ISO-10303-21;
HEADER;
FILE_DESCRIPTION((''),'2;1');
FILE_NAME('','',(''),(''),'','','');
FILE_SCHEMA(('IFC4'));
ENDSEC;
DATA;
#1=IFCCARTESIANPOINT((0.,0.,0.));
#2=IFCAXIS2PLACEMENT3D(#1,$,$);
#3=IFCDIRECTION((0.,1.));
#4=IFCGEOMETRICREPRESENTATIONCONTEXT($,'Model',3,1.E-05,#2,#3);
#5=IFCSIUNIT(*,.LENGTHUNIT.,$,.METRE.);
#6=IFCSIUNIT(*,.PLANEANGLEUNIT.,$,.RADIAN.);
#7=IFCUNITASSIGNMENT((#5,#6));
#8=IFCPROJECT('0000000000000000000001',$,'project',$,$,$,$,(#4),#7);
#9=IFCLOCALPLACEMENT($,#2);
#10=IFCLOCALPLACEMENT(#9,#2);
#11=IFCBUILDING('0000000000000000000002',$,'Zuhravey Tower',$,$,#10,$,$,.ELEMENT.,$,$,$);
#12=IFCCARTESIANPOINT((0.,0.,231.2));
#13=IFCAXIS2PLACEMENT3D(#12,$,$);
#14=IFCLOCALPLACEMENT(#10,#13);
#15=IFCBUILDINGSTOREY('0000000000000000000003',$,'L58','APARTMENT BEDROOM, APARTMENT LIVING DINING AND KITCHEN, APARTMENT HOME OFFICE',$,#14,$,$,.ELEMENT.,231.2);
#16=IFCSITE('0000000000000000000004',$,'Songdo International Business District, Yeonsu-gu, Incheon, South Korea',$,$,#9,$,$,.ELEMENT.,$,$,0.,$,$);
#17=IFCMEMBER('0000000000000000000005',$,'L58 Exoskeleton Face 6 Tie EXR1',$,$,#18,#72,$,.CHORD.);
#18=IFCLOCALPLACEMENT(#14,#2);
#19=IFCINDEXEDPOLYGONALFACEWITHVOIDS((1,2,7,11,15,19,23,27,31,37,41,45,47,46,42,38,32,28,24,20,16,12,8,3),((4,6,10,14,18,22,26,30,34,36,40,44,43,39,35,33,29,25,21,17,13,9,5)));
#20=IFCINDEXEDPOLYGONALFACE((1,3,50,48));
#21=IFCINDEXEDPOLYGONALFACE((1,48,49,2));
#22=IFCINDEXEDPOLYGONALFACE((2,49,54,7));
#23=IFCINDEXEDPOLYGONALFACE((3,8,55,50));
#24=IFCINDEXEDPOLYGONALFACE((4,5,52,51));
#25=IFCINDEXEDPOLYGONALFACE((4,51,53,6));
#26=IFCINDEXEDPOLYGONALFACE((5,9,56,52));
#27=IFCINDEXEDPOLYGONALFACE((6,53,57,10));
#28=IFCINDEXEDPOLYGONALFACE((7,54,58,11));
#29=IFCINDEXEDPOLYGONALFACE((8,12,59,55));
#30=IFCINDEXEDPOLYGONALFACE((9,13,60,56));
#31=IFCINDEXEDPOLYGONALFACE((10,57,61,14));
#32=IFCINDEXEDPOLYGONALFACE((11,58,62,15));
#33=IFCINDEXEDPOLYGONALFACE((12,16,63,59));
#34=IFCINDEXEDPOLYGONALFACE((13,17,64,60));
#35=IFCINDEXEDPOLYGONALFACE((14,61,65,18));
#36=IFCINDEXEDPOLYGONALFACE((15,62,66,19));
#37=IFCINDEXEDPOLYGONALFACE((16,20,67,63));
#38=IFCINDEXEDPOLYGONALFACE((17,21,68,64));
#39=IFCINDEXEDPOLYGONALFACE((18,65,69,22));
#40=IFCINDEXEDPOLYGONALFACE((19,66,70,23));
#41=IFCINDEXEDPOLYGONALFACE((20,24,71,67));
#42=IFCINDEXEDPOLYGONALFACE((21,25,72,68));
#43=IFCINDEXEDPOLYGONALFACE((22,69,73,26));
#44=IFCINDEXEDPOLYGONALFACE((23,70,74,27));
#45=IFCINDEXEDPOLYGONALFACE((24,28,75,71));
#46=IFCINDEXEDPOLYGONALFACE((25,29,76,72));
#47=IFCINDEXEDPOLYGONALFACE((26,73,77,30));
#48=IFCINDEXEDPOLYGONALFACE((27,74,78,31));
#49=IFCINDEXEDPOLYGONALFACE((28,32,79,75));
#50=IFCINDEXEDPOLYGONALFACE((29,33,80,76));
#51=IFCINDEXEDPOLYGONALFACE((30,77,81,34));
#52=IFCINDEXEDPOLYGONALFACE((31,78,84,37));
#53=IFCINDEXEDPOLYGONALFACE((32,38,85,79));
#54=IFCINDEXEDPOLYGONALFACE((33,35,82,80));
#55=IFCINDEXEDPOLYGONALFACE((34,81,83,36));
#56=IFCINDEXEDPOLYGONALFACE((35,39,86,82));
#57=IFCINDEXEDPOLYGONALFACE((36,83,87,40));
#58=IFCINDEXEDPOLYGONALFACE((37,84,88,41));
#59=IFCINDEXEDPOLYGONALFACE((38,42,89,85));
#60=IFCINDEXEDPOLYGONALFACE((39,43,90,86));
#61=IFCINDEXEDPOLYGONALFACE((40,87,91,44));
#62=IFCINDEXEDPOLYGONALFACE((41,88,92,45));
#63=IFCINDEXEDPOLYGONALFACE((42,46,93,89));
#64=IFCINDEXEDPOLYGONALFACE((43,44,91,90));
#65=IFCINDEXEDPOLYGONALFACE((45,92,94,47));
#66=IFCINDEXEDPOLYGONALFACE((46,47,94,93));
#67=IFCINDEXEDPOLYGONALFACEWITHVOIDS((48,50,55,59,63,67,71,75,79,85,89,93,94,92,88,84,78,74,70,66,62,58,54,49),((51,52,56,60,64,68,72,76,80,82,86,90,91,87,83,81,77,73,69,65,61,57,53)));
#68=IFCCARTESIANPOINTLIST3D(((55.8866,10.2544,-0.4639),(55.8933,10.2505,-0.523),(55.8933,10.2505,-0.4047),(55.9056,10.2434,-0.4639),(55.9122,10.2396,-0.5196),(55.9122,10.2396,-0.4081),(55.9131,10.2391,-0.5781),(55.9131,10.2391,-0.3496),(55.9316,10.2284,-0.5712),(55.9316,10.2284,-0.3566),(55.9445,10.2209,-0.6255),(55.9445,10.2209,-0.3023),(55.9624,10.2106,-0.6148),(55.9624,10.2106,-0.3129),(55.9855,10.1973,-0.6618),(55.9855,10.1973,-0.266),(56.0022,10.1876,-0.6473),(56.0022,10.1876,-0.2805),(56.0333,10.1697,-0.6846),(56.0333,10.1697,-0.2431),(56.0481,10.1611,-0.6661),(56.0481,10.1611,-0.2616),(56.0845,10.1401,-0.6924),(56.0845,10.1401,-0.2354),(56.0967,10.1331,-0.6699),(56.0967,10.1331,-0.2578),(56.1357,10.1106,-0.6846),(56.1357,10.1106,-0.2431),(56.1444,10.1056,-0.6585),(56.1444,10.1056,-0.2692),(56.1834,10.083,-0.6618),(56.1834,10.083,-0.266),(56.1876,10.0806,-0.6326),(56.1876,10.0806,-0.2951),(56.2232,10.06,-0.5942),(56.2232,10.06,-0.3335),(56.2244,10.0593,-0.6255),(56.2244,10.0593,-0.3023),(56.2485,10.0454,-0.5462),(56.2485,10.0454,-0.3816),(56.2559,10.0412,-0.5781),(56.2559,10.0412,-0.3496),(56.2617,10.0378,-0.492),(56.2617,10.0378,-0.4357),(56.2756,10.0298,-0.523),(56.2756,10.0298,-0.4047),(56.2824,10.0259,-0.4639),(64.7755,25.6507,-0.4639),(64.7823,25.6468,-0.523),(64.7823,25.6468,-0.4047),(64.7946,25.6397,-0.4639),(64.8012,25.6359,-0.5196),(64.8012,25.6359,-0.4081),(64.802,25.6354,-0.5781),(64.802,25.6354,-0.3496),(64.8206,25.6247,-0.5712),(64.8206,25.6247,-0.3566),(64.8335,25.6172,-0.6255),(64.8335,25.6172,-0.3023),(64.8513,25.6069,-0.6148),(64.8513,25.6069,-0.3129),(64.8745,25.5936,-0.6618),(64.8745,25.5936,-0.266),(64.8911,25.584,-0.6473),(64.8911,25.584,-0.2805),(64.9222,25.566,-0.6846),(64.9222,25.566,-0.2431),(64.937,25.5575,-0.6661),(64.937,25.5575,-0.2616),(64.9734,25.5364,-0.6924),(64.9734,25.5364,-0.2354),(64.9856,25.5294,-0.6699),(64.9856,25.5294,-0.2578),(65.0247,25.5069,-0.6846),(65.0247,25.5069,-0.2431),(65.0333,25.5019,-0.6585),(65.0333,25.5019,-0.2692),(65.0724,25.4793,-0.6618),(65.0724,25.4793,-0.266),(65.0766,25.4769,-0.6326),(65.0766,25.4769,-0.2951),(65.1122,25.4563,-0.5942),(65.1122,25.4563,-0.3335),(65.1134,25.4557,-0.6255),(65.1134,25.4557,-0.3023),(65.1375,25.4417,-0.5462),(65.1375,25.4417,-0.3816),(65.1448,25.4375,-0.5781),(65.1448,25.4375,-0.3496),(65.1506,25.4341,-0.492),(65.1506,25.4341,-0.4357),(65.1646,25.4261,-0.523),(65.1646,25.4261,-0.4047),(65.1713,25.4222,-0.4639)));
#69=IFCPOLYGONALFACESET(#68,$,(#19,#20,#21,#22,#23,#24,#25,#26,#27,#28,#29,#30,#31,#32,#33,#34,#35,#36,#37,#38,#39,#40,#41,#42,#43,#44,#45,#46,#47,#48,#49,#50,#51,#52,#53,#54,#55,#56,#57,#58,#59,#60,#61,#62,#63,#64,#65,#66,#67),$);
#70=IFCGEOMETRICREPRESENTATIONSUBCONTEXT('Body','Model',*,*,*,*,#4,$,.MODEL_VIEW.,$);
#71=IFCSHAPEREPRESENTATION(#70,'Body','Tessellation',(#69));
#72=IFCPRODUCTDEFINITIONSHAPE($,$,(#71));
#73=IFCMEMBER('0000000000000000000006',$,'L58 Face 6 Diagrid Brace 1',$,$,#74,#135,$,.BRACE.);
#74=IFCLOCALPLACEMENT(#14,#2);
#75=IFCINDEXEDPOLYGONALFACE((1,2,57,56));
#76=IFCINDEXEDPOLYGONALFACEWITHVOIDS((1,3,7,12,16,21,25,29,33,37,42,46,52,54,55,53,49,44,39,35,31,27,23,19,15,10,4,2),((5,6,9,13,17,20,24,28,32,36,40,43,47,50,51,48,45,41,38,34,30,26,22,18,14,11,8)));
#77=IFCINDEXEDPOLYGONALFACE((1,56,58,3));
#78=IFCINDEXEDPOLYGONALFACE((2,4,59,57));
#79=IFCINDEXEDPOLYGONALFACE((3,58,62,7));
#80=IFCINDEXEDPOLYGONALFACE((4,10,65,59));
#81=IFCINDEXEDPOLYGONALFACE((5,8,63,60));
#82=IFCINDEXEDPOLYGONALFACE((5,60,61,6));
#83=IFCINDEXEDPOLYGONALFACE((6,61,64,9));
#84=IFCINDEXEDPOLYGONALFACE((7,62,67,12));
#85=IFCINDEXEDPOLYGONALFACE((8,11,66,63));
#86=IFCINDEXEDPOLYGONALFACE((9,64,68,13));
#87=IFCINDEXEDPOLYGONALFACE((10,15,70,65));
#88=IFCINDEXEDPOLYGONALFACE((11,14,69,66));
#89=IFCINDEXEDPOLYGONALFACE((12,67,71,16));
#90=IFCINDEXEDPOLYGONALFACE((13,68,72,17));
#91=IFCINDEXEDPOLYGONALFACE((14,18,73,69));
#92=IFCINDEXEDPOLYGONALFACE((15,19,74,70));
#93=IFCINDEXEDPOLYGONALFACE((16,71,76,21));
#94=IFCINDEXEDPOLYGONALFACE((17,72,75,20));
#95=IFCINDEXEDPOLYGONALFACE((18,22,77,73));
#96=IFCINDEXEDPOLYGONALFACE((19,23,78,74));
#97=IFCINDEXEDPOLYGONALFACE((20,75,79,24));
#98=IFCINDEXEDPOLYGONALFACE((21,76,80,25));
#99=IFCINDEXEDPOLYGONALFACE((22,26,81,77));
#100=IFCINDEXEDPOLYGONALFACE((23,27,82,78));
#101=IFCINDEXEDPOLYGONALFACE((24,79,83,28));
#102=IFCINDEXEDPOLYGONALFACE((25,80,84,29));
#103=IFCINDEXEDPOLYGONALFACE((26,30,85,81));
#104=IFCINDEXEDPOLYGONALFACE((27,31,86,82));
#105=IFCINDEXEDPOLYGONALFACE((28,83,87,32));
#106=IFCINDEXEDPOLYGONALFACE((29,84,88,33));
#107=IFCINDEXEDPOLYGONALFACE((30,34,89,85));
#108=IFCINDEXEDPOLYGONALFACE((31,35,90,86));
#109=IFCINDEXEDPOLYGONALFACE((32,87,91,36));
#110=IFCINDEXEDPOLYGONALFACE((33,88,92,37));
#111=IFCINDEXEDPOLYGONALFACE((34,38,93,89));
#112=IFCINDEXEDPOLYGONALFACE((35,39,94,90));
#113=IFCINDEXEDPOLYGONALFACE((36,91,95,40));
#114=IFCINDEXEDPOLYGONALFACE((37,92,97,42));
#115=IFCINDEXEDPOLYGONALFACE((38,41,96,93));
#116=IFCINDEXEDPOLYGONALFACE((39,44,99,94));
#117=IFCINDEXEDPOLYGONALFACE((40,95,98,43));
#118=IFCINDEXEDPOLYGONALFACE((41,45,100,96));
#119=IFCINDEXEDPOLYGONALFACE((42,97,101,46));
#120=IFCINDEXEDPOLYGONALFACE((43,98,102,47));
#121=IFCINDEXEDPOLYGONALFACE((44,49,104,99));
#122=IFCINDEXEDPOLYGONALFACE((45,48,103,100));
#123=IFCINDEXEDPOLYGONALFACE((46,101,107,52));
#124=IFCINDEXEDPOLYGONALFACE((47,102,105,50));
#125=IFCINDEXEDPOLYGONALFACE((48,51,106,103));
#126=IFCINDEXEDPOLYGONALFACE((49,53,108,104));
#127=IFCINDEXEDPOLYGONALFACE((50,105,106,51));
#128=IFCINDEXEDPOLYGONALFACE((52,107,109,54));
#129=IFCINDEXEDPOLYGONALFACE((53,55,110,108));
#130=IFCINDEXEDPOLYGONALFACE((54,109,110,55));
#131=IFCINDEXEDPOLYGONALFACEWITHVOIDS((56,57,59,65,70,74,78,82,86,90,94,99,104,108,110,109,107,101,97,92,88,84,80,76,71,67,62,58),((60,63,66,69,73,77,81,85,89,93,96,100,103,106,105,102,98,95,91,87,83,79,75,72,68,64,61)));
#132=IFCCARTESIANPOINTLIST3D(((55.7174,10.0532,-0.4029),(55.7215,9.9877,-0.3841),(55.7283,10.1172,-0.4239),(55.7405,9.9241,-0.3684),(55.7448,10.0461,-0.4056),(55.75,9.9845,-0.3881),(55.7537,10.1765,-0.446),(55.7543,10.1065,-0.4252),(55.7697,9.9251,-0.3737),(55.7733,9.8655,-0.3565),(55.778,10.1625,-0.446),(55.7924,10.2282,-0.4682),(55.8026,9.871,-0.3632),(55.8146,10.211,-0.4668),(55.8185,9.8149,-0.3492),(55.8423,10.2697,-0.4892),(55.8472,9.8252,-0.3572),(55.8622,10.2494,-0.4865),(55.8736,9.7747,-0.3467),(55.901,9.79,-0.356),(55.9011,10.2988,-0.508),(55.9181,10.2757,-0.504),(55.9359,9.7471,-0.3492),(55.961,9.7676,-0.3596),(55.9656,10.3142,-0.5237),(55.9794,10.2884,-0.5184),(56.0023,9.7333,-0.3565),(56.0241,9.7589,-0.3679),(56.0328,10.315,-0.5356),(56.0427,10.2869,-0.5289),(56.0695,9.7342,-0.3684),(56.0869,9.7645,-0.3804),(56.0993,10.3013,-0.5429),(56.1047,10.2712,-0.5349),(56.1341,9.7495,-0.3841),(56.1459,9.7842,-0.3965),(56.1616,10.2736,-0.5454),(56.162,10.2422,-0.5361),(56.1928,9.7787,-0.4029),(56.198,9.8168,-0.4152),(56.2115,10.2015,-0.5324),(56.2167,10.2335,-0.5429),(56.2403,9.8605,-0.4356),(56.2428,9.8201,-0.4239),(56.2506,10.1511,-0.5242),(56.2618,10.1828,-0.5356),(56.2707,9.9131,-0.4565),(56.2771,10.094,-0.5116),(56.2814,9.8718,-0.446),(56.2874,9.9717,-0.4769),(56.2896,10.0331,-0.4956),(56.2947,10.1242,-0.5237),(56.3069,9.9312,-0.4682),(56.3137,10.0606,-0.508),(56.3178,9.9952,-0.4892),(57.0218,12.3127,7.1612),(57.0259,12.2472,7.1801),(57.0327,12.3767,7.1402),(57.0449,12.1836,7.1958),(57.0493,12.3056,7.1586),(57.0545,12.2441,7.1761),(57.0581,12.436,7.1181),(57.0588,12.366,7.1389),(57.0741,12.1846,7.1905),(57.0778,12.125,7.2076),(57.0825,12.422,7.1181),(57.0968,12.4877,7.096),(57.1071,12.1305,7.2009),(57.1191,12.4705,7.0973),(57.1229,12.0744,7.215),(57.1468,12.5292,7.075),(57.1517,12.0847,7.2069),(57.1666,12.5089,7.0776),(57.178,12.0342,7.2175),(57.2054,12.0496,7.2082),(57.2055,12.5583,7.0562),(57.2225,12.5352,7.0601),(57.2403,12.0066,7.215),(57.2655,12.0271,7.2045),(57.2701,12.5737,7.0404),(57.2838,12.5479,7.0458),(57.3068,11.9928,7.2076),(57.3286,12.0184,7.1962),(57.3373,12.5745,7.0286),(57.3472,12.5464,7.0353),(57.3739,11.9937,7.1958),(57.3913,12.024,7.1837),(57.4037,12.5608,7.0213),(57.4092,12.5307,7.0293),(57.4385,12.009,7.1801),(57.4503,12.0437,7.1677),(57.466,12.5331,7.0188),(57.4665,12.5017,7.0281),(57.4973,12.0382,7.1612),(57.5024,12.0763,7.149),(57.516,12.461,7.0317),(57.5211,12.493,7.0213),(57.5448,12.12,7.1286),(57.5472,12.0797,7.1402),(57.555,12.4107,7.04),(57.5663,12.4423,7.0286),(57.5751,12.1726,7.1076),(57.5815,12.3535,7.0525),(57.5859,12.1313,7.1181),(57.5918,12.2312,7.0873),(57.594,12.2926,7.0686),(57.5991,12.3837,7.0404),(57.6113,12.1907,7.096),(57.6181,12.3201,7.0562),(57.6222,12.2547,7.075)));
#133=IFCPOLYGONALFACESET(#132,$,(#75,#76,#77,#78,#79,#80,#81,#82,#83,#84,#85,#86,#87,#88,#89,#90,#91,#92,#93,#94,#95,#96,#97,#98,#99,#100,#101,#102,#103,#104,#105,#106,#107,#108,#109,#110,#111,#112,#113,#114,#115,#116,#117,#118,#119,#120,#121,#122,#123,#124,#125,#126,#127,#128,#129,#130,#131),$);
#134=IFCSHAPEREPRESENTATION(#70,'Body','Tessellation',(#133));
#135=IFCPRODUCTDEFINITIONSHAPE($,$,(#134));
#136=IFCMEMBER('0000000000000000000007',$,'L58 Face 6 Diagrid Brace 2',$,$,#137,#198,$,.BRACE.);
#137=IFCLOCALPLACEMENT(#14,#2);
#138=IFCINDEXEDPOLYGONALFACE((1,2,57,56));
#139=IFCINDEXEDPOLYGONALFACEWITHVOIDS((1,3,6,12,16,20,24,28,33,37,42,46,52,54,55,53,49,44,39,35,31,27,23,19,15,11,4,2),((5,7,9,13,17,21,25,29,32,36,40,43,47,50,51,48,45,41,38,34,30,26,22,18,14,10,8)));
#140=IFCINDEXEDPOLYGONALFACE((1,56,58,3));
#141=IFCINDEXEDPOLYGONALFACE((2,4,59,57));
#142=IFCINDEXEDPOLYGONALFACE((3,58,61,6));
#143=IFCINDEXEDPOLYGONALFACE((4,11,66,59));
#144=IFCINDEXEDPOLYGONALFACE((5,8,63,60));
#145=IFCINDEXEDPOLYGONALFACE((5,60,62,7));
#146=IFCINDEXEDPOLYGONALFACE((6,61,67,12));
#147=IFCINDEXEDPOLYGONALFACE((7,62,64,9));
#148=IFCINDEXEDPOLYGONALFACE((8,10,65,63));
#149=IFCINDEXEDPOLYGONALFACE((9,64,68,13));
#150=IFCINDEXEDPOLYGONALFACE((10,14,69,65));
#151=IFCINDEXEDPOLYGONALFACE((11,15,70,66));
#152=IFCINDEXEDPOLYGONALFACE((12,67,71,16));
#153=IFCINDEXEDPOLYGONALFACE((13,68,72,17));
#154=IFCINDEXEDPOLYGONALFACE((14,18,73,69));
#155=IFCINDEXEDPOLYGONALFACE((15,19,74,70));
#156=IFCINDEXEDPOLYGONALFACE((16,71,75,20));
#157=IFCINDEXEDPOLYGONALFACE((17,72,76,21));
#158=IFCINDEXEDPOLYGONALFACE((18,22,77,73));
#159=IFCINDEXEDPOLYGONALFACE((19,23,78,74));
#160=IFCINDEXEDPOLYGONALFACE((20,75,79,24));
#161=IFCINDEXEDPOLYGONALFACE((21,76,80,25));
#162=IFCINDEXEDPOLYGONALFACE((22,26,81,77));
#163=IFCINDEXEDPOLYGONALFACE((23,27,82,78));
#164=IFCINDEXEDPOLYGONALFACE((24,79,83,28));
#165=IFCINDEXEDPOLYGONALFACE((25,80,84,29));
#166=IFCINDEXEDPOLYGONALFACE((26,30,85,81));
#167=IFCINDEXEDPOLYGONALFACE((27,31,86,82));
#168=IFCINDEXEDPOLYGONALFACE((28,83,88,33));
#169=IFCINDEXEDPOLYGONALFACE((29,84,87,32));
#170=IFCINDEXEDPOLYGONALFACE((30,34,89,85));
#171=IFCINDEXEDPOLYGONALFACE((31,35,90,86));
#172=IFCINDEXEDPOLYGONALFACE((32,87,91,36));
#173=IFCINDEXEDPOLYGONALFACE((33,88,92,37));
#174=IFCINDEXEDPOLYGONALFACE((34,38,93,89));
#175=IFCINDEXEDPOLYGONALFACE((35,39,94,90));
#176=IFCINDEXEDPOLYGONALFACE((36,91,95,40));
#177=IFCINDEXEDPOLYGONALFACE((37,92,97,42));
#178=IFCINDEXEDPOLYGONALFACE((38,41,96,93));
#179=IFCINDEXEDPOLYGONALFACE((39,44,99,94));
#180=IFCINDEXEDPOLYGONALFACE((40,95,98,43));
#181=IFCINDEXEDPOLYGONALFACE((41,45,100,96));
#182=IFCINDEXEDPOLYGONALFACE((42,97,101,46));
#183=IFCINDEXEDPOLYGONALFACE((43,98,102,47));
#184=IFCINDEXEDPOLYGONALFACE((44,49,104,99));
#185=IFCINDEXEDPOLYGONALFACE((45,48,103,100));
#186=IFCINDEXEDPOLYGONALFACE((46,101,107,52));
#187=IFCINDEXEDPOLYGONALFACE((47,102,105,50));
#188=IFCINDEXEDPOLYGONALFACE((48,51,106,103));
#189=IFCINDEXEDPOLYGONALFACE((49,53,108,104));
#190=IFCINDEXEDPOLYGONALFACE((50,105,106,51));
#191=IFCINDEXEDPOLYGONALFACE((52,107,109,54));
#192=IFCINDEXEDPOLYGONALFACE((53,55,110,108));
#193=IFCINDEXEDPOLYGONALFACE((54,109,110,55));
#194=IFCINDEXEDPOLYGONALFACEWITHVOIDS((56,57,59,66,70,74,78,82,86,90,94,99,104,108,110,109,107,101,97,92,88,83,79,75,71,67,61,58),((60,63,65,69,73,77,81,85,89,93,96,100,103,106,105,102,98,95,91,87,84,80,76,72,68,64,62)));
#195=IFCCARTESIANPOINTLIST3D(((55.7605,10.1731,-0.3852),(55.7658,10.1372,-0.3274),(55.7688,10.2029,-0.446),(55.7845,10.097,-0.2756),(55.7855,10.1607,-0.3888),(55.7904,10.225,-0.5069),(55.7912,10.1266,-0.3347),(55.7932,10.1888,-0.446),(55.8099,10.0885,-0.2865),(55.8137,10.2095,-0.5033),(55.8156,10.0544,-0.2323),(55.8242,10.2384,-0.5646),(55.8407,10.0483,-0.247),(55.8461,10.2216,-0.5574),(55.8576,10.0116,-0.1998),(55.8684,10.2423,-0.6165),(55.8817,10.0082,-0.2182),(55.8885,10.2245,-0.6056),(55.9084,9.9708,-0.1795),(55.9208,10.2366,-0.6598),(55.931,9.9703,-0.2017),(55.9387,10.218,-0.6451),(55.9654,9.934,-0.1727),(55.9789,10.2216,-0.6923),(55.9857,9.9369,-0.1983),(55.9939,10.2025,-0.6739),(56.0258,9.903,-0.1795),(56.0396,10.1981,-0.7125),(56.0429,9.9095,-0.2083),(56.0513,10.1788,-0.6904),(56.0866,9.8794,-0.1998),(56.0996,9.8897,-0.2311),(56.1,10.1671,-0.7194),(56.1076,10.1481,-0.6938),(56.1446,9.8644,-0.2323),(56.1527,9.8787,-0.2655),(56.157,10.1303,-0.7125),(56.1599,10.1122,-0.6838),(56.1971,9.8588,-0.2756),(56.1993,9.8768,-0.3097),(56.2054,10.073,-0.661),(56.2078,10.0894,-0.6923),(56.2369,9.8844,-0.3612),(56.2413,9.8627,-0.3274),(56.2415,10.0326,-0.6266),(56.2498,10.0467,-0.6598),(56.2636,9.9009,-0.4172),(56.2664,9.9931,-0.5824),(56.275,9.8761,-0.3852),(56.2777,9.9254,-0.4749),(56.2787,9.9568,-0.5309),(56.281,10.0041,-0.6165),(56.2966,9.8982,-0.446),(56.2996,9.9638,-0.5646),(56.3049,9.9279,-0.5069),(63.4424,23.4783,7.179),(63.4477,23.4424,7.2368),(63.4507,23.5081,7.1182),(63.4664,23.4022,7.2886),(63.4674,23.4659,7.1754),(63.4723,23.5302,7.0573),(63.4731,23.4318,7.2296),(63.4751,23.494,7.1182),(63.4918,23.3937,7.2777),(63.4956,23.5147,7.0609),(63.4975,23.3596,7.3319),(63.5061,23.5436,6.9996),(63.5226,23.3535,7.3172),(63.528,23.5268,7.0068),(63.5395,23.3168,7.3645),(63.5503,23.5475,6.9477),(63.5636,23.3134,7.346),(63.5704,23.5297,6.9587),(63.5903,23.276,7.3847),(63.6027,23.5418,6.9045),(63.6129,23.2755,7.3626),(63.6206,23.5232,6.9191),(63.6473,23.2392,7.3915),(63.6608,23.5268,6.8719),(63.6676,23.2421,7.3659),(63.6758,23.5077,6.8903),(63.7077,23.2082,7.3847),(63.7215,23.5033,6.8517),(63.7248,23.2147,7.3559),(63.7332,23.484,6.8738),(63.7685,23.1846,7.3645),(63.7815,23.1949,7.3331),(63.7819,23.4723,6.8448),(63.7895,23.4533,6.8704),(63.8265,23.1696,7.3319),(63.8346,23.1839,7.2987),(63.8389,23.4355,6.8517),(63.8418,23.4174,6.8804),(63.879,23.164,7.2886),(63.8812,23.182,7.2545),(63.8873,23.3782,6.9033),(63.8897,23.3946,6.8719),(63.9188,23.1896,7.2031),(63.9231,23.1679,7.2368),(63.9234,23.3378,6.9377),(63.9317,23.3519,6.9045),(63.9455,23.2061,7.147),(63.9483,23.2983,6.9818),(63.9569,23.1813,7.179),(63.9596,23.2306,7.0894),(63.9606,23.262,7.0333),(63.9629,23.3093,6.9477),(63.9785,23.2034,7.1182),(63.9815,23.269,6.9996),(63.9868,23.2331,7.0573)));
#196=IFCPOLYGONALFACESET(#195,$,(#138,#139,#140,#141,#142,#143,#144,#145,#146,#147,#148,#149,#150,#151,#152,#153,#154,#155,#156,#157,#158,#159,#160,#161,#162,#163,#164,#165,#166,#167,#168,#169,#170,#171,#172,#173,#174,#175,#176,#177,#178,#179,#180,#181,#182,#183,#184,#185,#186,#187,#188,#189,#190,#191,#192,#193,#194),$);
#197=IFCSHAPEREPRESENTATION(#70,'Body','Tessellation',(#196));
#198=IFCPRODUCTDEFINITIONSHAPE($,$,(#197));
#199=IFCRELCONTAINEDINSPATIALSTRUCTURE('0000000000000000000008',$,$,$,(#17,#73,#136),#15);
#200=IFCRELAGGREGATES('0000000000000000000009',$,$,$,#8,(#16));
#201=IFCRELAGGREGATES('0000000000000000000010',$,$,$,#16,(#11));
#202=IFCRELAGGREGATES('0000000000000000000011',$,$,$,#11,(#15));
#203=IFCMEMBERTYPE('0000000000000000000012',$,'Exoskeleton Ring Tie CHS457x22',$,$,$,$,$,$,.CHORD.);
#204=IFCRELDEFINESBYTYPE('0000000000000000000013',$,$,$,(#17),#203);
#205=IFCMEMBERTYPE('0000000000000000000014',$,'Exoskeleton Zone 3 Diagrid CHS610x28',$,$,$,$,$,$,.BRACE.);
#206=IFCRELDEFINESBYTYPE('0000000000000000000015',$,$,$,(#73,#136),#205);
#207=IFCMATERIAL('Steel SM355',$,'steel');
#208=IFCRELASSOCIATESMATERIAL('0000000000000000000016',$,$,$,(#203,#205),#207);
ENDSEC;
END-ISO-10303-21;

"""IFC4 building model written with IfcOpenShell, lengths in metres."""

from ifc_helpers import new_model, si_unit, direction, frame, origin, origin_2d, place, context, subcontext, project, spatial, hollow_circle, extrude, material, material_profile, profile_set, type_object, element, save


model = new_model("IFC4")

# Units and contexts
model_context = context("Model", 3, precision=1e-05, world=origin(), true_north=direction((0.0, 1.0)))
body_context = subcontext(model_context, "Body", "Model", "MODEL_VIEW")
ifc_project = project(units=[si_unit("LENGTHUNIT", "METRE"), si_unit("PLANEANGLEUNIT", "RADIAN")], contexts=[model_context])

# Site, building, storey
site_placement = place(None, origin())
site = spatial("IfcSite", under=ifc_project, at=site_placement, Name="Songdo International Business District, Yeonsu-gu, Incheon, South Korea", CompositionType="ELEMENT", RefElevation=0.0)
building_placement = place(site_placement, origin())
building = spatial("IfcBuilding", under=site, at=building_placement, Name="Zuhravey Tower", CompositionType="ELEMENT")
storey_placement = place(building_placement, frame((0.0, 0.0, 231.2)))
storey = spatial("IfcBuildingStorey", under=building, at=storey_placement, Name="L58", Description="APARTMENT BEDROOM, APARTMENT LIVING DINING AND KITCHEN, APARTMENT HOME OFFICE", CompositionType="ELEMENT", Elevation=231.2)

# Members
ifc_material_1 = material(Name="Steel SM355", Category="steel")
ifc_material_profile_1 = material_profile(ifc_material_1, hollow_circle(Radius=0.2285, WallThickness=0.022, at=origin_2d()), Name="CHS-457.2x22")
ifc_profile_set_1 = profile_set([ifc_material_profile_1], Name="Steel SM355")
member_type_1 = type_object("IfcMemberType", Name="Exoskeleton Ring Tie CHS457x22", PredefinedType="CHORD", material=ifc_profile_set_1)
member_1_placement = place(storey_placement, frame((56.0845, 10.1401, -0.4639), z_axis=(0.499995, 0.866028, 0.0), x_axis=(-0.866028, 0.499995, 0.0)))
element("IfcMember", 1, at=member_1_placement, inside=storey, type_object=member_type_1, Name="L58 Exoskeleton Face 6 Tie EXR1", PredefinedType="CHORD", context=body_context, shape_type="SweptSolid", body=[
    extrude(hollow_circle(Radius=0.2285, WallThickness=0.022, at=origin_2d()), origin(), (0.0, 0.0, 1.0), 17.7781),
])
ifc_material_profile_2 = material_profile(ifc_material_1, hollow_circle(Radius=0.3047, WallThickness=0.0281, at=origin_2d()), Name="CHS-609.6x28")
ifc_profile_set_2 = profile_set([ifc_material_profile_2], Name="Steel SM355")
member_type_2 = type_object("IfcMemberType", Name="Exoskeleton Zone 3 Diagrid CHS610x28", PredefinedType="BRACE", material=ifc_profile_set_2)
member_2_placement = place(storey_placement, frame((56.0176, 10.0242, -0.446), z_axis=(0.163025, 0.282387, 0.945347), x_axis=(-0.866041, 0.499974, 0.0)))
element("IfcMember", 2, at=member_2_placement, inside=storey, type_object=member_type_2, Name="L58 Face 6 Diagrid Brace 1", PredefinedType="BRACE", context=body_context, shape_type="SweptSolid", body=[
    extrude(hollow_circle(Radius=0.3047, WallThickness=0.0281, at=origin_2d()), origin(), (0.0, 0.0, 1.0), 8.0015),
])
member_3_placement = place(storey_placement, frame((56.0327, 10.0505, -0.446), z_axis=(0.448584, 0.776957, 0.441713), x_axis=(-0.866022, 0.500007, 0.0)))
element("IfcMember", 3, at=member_3_placement, inside=storey, type_object=member_type_2, Name="L58 Face 6 Diagrid Brace 2", PredefinedType="BRACE", context=body_context, shape_type="SweptSolid", body=[
    extrude(hollow_circle(Radius=0.3047, WallThickness=0.0281, at=origin_2d()), origin(), (0.0, 0.0, 1.0), 17.1248),
])

save(model, "model.ifc")
